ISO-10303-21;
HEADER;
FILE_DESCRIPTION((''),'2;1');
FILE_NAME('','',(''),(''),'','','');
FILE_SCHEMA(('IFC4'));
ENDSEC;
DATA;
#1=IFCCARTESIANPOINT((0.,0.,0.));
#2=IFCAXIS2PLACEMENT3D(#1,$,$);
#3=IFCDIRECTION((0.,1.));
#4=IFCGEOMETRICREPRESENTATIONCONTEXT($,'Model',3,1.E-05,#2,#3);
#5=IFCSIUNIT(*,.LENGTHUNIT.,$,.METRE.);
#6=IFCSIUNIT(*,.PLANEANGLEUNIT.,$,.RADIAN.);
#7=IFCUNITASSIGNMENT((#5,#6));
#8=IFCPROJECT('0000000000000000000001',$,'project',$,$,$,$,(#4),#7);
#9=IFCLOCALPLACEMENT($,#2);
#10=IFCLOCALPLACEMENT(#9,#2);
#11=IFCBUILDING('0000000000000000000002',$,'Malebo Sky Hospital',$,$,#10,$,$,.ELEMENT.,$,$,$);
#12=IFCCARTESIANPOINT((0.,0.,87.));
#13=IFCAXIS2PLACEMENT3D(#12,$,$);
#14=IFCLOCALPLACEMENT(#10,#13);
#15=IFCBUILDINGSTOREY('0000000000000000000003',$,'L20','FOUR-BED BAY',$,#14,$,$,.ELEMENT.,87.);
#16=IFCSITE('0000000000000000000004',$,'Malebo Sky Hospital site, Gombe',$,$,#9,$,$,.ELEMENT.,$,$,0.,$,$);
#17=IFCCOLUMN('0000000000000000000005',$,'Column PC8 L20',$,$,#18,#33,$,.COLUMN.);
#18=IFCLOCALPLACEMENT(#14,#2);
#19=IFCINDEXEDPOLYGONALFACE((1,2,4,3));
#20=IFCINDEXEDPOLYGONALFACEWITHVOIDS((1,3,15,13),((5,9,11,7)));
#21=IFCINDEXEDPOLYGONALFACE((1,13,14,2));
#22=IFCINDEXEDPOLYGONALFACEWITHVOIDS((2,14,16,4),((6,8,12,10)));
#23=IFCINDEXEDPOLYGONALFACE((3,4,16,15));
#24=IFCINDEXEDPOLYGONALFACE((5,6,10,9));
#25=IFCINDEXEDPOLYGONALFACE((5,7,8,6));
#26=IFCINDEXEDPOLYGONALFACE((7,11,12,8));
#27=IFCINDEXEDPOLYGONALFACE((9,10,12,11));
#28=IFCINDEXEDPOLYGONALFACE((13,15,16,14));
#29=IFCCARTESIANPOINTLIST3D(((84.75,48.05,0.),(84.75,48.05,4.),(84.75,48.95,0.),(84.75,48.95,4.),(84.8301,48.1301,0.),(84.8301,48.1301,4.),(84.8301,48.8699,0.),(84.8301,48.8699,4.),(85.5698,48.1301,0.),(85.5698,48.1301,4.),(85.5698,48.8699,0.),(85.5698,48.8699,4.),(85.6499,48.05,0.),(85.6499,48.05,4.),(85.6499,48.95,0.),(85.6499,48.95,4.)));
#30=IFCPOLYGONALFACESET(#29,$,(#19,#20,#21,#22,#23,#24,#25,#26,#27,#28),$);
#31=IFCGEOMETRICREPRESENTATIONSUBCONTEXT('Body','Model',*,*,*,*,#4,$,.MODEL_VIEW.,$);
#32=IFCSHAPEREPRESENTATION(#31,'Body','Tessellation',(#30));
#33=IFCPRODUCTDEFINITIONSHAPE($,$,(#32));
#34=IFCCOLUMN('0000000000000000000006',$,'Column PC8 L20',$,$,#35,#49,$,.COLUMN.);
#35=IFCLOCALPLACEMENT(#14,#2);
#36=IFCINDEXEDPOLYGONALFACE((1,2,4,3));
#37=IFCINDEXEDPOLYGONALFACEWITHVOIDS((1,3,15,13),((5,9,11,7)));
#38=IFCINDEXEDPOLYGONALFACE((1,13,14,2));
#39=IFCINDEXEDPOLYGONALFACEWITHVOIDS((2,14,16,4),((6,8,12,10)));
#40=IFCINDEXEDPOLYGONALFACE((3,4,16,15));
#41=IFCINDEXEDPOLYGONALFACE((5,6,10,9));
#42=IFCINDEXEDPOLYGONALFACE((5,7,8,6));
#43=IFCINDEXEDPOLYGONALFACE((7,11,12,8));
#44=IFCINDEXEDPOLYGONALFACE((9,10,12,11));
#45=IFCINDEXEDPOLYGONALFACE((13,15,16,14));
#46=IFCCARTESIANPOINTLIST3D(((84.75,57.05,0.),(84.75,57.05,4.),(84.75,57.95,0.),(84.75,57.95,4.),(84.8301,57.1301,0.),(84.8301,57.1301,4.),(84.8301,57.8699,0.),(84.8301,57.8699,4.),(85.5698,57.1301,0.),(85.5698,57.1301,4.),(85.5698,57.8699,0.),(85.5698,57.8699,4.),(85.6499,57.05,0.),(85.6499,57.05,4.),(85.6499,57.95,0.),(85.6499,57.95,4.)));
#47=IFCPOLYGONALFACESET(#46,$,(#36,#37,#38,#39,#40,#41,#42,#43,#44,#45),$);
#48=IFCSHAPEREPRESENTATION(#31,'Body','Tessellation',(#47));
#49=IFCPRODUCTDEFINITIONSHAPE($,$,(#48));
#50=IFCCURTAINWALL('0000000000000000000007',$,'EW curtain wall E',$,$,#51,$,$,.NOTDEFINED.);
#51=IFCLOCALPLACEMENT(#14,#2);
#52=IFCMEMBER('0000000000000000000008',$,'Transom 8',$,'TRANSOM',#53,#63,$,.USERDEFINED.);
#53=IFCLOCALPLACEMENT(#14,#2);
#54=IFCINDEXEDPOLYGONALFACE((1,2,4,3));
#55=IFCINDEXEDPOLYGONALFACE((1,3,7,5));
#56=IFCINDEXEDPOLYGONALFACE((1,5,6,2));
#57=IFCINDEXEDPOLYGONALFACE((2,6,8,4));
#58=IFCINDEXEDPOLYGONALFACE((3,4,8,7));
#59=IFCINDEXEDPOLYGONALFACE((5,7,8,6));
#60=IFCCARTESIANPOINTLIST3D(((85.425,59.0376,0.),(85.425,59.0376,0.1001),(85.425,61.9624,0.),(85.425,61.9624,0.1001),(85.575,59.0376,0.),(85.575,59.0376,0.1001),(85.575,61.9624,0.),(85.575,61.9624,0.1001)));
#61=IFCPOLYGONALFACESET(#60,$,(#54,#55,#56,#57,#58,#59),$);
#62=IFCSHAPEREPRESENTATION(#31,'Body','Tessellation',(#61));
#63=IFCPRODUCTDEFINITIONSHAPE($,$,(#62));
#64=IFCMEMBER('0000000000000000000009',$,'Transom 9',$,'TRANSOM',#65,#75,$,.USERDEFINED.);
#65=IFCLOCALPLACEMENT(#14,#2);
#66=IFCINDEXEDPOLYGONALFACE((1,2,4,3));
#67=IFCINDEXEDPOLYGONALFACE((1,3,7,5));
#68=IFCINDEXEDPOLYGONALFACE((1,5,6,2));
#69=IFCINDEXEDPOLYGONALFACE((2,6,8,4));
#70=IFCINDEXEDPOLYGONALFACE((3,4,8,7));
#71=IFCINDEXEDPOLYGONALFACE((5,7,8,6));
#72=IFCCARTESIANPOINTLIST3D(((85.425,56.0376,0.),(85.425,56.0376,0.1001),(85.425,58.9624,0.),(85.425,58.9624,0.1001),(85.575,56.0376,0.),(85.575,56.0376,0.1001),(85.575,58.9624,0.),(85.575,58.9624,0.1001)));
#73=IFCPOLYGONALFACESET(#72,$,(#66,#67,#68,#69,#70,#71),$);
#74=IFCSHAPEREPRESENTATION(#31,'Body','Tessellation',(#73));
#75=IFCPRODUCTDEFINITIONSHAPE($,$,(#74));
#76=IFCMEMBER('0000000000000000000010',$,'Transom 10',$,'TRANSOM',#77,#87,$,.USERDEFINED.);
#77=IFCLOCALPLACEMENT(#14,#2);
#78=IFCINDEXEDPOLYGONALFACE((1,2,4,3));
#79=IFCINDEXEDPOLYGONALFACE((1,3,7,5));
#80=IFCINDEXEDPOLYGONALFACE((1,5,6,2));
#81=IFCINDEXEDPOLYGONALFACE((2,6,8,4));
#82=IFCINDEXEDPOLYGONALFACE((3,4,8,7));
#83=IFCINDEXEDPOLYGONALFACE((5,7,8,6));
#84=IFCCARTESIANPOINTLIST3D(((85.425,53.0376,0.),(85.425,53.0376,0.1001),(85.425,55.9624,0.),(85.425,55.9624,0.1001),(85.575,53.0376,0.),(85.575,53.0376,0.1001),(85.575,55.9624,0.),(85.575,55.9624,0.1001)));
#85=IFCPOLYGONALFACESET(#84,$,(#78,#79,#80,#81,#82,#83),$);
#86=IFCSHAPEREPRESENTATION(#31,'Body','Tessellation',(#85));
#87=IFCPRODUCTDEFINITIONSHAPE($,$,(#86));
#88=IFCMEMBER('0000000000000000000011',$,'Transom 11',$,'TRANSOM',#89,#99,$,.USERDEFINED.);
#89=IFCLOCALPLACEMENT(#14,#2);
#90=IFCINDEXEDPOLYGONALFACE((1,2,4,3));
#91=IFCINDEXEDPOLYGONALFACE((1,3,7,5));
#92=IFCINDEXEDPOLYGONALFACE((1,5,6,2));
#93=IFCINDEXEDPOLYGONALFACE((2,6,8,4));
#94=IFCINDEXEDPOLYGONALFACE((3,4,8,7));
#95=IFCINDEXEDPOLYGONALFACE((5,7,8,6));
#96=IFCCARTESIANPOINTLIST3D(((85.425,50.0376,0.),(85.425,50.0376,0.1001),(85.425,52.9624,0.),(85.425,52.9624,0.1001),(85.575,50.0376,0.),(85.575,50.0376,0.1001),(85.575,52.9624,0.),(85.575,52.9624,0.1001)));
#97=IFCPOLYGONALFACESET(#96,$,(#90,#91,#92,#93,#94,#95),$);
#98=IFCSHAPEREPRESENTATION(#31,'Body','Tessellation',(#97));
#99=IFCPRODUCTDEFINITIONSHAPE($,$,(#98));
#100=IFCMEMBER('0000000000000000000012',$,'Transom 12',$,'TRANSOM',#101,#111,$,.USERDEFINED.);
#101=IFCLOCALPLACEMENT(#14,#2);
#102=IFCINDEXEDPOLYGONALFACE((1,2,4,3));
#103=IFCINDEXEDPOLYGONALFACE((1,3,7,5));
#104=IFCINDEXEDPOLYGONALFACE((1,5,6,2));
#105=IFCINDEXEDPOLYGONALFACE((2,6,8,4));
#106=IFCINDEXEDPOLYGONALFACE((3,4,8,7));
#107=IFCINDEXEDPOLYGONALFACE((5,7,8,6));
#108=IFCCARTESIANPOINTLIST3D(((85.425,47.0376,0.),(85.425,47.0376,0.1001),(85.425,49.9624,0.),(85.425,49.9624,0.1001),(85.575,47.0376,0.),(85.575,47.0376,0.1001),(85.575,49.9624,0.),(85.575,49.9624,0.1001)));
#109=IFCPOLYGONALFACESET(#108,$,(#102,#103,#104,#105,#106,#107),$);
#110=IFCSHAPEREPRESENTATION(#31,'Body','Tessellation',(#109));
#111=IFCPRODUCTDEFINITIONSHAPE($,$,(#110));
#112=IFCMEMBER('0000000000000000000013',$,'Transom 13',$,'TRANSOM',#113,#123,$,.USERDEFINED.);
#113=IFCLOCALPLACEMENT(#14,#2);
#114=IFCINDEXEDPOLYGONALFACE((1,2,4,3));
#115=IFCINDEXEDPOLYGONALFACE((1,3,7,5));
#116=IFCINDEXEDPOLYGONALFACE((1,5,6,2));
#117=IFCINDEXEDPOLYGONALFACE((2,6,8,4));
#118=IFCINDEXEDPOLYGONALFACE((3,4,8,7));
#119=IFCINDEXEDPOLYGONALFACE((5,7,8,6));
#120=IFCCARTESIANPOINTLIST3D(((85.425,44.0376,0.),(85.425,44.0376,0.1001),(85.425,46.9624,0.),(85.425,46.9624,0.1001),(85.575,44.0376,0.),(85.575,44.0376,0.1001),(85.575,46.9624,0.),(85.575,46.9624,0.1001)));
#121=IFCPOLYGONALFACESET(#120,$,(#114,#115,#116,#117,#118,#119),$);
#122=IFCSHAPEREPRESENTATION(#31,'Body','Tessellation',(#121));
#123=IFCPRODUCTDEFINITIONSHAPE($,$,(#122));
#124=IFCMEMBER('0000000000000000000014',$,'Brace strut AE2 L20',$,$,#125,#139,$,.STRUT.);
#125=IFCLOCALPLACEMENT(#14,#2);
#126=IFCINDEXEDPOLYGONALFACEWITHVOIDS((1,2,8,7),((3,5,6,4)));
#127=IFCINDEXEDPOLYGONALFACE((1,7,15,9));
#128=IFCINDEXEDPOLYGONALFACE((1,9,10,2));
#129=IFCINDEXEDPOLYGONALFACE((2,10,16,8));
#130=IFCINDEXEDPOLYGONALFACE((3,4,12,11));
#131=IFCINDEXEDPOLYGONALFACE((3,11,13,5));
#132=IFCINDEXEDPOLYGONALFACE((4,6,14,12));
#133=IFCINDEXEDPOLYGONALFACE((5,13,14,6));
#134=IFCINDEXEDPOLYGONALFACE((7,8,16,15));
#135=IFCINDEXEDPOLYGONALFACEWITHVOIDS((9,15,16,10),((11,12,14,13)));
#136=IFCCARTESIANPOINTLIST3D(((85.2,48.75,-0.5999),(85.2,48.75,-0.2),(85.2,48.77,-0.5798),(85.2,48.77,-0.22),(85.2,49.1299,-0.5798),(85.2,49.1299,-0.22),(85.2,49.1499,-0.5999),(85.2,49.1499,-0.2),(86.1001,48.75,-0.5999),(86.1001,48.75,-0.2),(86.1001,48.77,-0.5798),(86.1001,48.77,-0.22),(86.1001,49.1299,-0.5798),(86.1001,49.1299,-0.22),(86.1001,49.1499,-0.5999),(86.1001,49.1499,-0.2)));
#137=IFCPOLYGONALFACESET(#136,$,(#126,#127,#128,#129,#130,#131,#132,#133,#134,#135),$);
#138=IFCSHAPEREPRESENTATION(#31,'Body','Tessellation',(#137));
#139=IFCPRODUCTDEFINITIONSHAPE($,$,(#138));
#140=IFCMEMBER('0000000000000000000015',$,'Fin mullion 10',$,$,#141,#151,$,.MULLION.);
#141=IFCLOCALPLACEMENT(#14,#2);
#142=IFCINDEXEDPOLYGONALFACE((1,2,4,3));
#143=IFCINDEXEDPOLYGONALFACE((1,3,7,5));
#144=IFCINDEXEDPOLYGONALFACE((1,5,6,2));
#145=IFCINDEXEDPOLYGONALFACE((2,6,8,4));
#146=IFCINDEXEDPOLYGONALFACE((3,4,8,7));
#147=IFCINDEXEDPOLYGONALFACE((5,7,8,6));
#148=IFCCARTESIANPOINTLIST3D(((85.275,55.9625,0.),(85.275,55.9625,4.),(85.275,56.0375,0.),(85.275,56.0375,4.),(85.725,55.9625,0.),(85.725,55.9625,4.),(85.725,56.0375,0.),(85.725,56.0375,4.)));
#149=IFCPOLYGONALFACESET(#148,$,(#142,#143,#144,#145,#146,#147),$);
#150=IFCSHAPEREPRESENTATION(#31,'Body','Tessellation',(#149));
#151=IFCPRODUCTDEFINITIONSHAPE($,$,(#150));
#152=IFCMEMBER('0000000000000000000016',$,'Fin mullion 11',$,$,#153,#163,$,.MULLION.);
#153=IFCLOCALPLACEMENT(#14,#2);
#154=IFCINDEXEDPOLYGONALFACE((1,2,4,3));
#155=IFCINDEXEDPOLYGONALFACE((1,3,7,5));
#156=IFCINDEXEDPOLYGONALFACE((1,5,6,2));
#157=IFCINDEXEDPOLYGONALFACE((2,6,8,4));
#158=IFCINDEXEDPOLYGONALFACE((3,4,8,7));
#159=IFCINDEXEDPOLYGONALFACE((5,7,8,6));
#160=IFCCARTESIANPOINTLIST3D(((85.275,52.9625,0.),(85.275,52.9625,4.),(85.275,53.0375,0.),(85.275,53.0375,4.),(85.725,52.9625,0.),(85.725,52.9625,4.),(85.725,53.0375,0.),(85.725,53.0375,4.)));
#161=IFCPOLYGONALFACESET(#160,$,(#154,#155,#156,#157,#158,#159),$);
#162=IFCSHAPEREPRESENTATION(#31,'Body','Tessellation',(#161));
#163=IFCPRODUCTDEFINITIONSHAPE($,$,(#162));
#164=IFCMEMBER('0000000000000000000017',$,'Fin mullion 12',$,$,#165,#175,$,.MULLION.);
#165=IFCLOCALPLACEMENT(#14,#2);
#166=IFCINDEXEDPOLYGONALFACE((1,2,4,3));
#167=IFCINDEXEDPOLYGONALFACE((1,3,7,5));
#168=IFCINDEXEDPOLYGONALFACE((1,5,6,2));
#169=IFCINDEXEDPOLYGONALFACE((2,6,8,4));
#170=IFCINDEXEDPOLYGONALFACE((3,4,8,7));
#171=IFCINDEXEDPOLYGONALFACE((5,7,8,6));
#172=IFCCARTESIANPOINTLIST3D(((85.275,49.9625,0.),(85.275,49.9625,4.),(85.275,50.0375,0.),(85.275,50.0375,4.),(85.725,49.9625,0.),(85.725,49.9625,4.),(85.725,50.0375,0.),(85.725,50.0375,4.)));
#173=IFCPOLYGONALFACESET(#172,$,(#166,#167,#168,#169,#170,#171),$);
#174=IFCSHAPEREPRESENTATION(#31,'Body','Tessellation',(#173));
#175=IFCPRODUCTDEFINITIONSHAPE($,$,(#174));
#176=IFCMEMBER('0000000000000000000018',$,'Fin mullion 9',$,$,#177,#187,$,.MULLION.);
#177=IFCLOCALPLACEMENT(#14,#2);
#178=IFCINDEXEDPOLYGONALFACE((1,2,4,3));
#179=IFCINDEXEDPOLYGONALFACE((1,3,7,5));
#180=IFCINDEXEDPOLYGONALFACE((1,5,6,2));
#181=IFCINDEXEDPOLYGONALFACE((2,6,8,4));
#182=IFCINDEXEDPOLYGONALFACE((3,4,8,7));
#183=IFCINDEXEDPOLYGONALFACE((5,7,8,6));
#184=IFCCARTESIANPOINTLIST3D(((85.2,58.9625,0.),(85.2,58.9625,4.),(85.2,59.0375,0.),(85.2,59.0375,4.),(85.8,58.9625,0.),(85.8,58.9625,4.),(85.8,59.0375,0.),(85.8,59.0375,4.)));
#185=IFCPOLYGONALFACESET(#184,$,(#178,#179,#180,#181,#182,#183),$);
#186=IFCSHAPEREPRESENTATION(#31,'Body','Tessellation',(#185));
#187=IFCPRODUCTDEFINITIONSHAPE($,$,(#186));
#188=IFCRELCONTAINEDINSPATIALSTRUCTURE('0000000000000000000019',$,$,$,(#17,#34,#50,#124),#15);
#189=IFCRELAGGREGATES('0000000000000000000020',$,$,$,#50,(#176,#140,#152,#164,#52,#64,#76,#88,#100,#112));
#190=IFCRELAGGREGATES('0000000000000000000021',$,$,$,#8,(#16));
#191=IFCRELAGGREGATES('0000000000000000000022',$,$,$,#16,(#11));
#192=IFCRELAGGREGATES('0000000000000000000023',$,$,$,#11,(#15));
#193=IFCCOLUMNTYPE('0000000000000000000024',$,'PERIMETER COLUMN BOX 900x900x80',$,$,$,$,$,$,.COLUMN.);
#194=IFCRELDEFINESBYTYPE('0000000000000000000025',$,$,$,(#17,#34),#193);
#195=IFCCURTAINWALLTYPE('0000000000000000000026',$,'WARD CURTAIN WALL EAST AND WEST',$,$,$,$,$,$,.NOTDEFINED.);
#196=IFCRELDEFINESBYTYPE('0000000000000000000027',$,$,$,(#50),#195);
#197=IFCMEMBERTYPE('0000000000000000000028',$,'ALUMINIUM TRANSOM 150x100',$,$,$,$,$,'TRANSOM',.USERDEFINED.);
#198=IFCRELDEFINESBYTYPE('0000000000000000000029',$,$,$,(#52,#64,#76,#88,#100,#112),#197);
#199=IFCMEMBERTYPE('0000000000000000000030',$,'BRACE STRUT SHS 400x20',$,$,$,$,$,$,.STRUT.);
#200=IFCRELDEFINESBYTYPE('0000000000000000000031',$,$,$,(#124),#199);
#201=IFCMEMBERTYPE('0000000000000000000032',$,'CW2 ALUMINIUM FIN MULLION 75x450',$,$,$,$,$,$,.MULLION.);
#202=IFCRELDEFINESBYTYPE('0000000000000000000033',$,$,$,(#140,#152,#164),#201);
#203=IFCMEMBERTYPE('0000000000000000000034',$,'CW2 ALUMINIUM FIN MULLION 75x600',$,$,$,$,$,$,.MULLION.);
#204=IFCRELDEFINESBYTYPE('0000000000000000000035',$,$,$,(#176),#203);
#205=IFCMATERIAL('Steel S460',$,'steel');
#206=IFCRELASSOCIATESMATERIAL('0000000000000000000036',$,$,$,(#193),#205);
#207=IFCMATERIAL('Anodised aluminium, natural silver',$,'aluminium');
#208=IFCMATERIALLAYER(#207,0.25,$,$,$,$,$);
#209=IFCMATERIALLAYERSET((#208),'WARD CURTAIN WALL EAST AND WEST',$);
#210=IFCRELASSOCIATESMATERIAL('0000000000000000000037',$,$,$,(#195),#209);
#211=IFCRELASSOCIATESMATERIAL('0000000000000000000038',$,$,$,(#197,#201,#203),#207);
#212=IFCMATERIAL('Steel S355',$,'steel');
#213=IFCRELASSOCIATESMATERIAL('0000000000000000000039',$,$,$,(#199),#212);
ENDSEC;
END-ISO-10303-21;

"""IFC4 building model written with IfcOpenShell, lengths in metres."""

from ifc_helpers import new_model, si_unit, direction, frame, origin, origin_2d, place, context, subcontext, project, spatial, rectangle, hollow_rectangle, extrude, material, layer, layer_set, material_profile, profile_set, type_object, element, aggregate, save


model = new_model("IFC4")

# Units and contexts
model_context = context("Model", 3, precision=1e-05, world=origin(), true_north=direction((0.0, 1.0)))
body_context = subcontext(model_context, "Body", "Model", "MODEL_VIEW")
ifc_project = project(units=[si_unit("LENGTHUNIT", "METRE"), si_unit("PLANEANGLEUNIT", "RADIAN")], contexts=[model_context])

# Site, building, storey
site_placement = place(None, origin())
site = spatial("IfcSite", under=ifc_project, at=site_placement, Name="Malebo Sky Hospital site, Gombe", CompositionType="ELEMENT", RefElevation=0.0)
building_placement = place(site_placement, origin())
building = spatial("IfcBuilding", under=site, at=building_placement, Name="Malebo Sky Hospital", CompositionType="ELEMENT")
storey_placement = place(building_placement, frame((0.0, 0.0, 87.0)))
storey = spatial("IfcBuildingStorey", under=building, at=storey_placement, Name="L20", Description="FOUR-BED BAY", CompositionType="ELEMENT", Elevation=87.0)

# Columns
ifc_material_1 = material(Name="Steel S460", Category="steel")
ifc_material_profile_1 = material_profile(ifc_material_1, hollow_rectangle(XDim=0.8999, YDim=0.8999, WallThickness=0.0801, at=origin_2d()), Name="BOX 900x900x80")
ifc_profile_set_1 = profile_set([ifc_material_profile_1], Name="Steel S460")
column_type = type_object("IfcColumnType", Name="PERIMETER COLUMN BOX 900x900x80", PredefinedType="COLUMN", material=ifc_profile_set_1)
for number, where, z_axis, x_axis, name in (
    (1, (85.2, 48.5, 0.0), (0.0, 0.0, 1.0), (1.0, 0.0, 0.0), "Column PC8 L20"),
    (2, (85.2, 57.5, 0.0), (0.0, 0.0, 1.0), (1.0, 0.0, 0.0), "Column PC8 L20"),
):
    element("IfcColumn", number, at=place(storey_placement, frame(where, z_axis=z_axis, x_axis=x_axis)), inside=storey, type_object=column_type, Name=name, PredefinedType="COLUMN", context=body_context, shape_type="SweptSolid", body=[
        extrude(hollow_rectangle(XDim=0.8999, YDim=0.8999, WallThickness=0.0801, at=origin_2d()), origin(), (0.0, 0.0, 1.0), 4.0),
    ])

# Curtain wall, members
ifc_material_2 = material(Name="Anodised aluminium, natural silver", Category="aluminium")
ifc_layer_1 = layer(ifc_material_2, 0.25)
ifc_layer_set_1 = layer_set([ifc_layer_1], Name="WARD CURTAIN WALL EAST AND WEST")
curtain_wall_type = type_object("IfcCurtainWallType", Name="WARD CURTAIN WALL EAST AND WEST", PredefinedType="NOTDEFINED", material=ifc_layer_set_1)
curtain_wall_placement = place(storey_placement, origin())
curtain_wall = element("IfcCurtainWall", 3, at=curtain_wall_placement, inside=storey, type_object=curtain_wall_type, Name="EW curtain wall E", PredefinedType="NOTDEFINED")
ifc_material_profile_2 = material_profile(ifc_material_2, rectangle(XDim=0.1499, YDim=0.1001, at=origin_2d()), Name="ALUMINIUM TRANSOM 150x100")
ifc_profile_set_2 = profile_set([ifc_material_profile_2], Name="Anodised aluminium, natural silver")
member_type_1 = type_object("IfcMemberType", Name="ALUMINIUM TRANSOM 150x100", ElementType="TRANSOM", PredefinedType="USERDEFINED", material=ifc_profile_set_2)
member_1_placement = place(storey_placement, frame((85.5, 61.9624, 0.05), z_axis=(0.0, -1.0, 0.0), x_axis=(1.0, 0.0, 0.0)))
member_1 = element("IfcMember", 4, at=member_1_placement, type_object=member_type_1, Name="Transom 8", ObjectType="TRANSOM", PredefinedType="USERDEFINED", context=body_context, shape_type="SweptSolid", body=[
    extrude(rectangle(XDim=0.1499, YDim=0.1001, at=origin_2d()), origin(), (0.0, 0.0, 1.0), 2.9248),
])
member_2_placement = place(storey_placement, frame((85.5, 58.9624, 0.05), z_axis=(0.0, -1.0, 0.0), x_axis=(1.0, 0.0, 0.0)))
member_2 = element("IfcMember", 5, at=member_2_placement, type_object=member_type_1, Name="Transom 9", ObjectType="TRANSOM", PredefinedType="USERDEFINED", context=body_context, shape_type="SweptSolid", body=[
    extrude(rectangle(XDim=0.1499, YDim=0.1001, at=origin_2d()), origin(), (0.0, 0.0, 1.0), 2.9248),
])
member_3_placement = place(storey_placement, frame((85.5, 55.9624, 0.05), z_axis=(0.0, -1.0, 0.0), x_axis=(1.0, 0.0, 0.0)))
member_3 = element("IfcMember", 6, at=member_3_placement, type_object=member_type_1, Name="Transom 10", ObjectType="TRANSOM", PredefinedType="USERDEFINED", context=body_context, shape_type="SweptSolid", body=[
    extrude(rectangle(XDim=0.1499, YDim=0.1001, at=origin_2d()), origin(), (0.0, 0.0, 1.0), 2.9248),
])
member_4_placement = place(storey_placement, frame((85.5, 52.9624, 0.05), z_axis=(0.0, -1.0, 0.0), x_axis=(1.0, 0.0, 0.0)))
member_4 = element("IfcMember", 7, at=member_4_placement, type_object=member_type_1, Name="Transom 11", ObjectType="TRANSOM", PredefinedType="USERDEFINED", context=body_context, shape_type="SweptSolid", body=[
    extrude(rectangle(XDim=0.1499, YDim=0.1001, at=origin_2d()), origin(), (0.0, 0.0, 1.0), 2.9248),
])
member_5_placement = place(storey_placement, frame((85.5, 49.9624, 0.05), z_axis=(0.0, -1.0, 0.0), x_axis=(1.0, 0.0, 0.0)))
member_5 = element("IfcMember", 8, at=member_5_placement, type_object=member_type_1, Name="Transom 12", ObjectType="TRANSOM", PredefinedType="USERDEFINED", context=body_context, shape_type="SweptSolid", body=[
    extrude(rectangle(XDim=0.1499, YDim=0.1001, at=origin_2d()), origin(), (0.0, 0.0, 1.0), 2.9248),
])
member_6_placement = place(storey_placement, frame((85.5, 46.9624, 0.05), z_axis=(0.0, -1.0, 0.0), x_axis=(1.0, 0.0, 0.0)))
member_6 = element("IfcMember", 9, at=member_6_placement, type_object=member_type_1, Name="Transom 13", ObjectType="TRANSOM", PredefinedType="USERDEFINED", context=body_context, shape_type="SweptSolid", body=[
    extrude(rectangle(XDim=0.1499, YDim=0.1001, at=origin_2d()), origin(), (0.0, 0.0, 1.0), 2.9248),
])

# Members
ifc_material_3 = material(Name="Steel S355", Category="steel")
ifc_material_profile_3 = material_profile(ifc_material_3, hollow_rectangle(XDim=0.3999, YDim=0.3999, WallThickness=0.02, at=origin_2d()), Name="SHS 400x20")
ifc_profile_set_3 = profile_set([ifc_material_profile_3], Name="Steel S355")
member_type_2 = type_object("IfcMemberType", Name="BRACE STRUT SHS 400x20", PredefinedType="STRUT", material=ifc_profile_set_3)
member_7_placement = place(storey_placement, frame((86.1001, 48.95, -0.3999), z_axis=(-1.0, 0.0, 0.0), x_axis=(0.0, -1.0, 0.0)))
element("IfcMember", 10, at=member_7_placement, inside=storey, type_object=member_type_2, Name="Brace strut AE2 L20", PredefinedType="STRUT", context=body_context, shape_type="SweptSolid", body=[
    extrude(hollow_rectangle(XDim=0.3999, YDim=0.3999, WallThickness=0.02, at=origin_2d()), origin(), (0.0, 0.0, 1.0), 0.9001),
])
ifc_material_profile_4 = material_profile(ifc_material_2, rectangle(XDim=0.075, YDim=0.45, at=origin_2d()), Name="CW2 ALUMINIUM FIN MULLION 75x450")
ifc_profile_set_4 = profile_set([ifc_material_profile_4], Name="Anodised aluminium, natural silver")
member_type_3 = type_object("IfcMemberType", Name="CW2 ALUMINIUM FIN MULLION 75x450", PredefinedType="MULLION", material=ifc_profile_set_4)
member_8_placement = place(storey_placement, frame((85.5, 56.0, 0.0), z_axis=(0.0, 0.0, 1.0), x_axis=(0.0, -1.0, 0.0)))
member_8 = element("IfcMember", 11, at=member_8_placement, type_object=member_type_3, Name="Fin mullion 10", PredefinedType="MULLION", context=body_context, shape_type="SweptSolid", body=[
    extrude(rectangle(XDim=0.075, YDim=0.45, at=origin_2d()), origin(), (0.0, 0.0, 1.0), 4.0),
])
member_9_placement = place(storey_placement, frame((85.5, 53.0, 0.0), z_axis=(0.0, 0.0, 1.0), x_axis=(0.0, -1.0, 0.0)))
member_9 = element("IfcMember", 12, at=member_9_placement, type_object=member_type_3, Name="Fin mullion 11", PredefinedType="MULLION", context=body_context, shape_type="SweptSolid", body=[
    extrude(rectangle(XDim=0.075, YDim=0.45, at=origin_2d()), origin(), (0.0, 0.0, 1.0), 4.0),
])
member_10_placement = place(storey_placement, frame((85.5, 50.0, 0.0), z_axis=(0.0, 0.0, 1.0), x_axis=(0.0, -1.0, 0.0)))
member_10 = element("IfcMember", 13, at=member_10_placement, type_object=member_type_3, Name="Fin mullion 12", PredefinedType="MULLION", context=body_context, shape_type="SweptSolid", body=[
    extrude(rectangle(XDim=0.075, YDim=0.45, at=origin_2d()), origin(), (0.0, 0.0, 1.0), 4.0),
])
ifc_material_profile_5 = material_profile(ifc_material_2, rectangle(XDim=0.075, YDim=0.6001, at=origin_2d()), Name="CW2 ALUMINIUM FIN MULLION 75x600")
ifc_profile_set_5 = profile_set([ifc_material_profile_5], Name="Anodised aluminium, natural silver")
member_type_4 = type_object("IfcMemberType", Name="CW2 ALUMINIUM FIN MULLION 75x600", PredefinedType="MULLION", material=ifc_profile_set_5)
member_11_placement = place(storey_placement, frame((85.5, 59.0, 0.0), z_axis=(0.0, 0.0, 1.0), x_axis=(0.0, -1.0, 0.0)))
member_11 = element("IfcMember", 14, at=member_11_placement, type_object=member_type_4, Name="Fin mullion 9", PredefinedType="MULLION", context=body_context, shape_type="SweptSolid", body=[
    extrude(rectangle(XDim=0.075, YDim=0.6001, at=origin_2d()), origin(), (0.0, 0.0, 1.0), 4.0),
])

aggregate(curtain_wall, [member_11, member_8, member_9, member_10, member_1, member_2, member_3, member_4, member_5, member_6])

save(model, "model.ifc")
